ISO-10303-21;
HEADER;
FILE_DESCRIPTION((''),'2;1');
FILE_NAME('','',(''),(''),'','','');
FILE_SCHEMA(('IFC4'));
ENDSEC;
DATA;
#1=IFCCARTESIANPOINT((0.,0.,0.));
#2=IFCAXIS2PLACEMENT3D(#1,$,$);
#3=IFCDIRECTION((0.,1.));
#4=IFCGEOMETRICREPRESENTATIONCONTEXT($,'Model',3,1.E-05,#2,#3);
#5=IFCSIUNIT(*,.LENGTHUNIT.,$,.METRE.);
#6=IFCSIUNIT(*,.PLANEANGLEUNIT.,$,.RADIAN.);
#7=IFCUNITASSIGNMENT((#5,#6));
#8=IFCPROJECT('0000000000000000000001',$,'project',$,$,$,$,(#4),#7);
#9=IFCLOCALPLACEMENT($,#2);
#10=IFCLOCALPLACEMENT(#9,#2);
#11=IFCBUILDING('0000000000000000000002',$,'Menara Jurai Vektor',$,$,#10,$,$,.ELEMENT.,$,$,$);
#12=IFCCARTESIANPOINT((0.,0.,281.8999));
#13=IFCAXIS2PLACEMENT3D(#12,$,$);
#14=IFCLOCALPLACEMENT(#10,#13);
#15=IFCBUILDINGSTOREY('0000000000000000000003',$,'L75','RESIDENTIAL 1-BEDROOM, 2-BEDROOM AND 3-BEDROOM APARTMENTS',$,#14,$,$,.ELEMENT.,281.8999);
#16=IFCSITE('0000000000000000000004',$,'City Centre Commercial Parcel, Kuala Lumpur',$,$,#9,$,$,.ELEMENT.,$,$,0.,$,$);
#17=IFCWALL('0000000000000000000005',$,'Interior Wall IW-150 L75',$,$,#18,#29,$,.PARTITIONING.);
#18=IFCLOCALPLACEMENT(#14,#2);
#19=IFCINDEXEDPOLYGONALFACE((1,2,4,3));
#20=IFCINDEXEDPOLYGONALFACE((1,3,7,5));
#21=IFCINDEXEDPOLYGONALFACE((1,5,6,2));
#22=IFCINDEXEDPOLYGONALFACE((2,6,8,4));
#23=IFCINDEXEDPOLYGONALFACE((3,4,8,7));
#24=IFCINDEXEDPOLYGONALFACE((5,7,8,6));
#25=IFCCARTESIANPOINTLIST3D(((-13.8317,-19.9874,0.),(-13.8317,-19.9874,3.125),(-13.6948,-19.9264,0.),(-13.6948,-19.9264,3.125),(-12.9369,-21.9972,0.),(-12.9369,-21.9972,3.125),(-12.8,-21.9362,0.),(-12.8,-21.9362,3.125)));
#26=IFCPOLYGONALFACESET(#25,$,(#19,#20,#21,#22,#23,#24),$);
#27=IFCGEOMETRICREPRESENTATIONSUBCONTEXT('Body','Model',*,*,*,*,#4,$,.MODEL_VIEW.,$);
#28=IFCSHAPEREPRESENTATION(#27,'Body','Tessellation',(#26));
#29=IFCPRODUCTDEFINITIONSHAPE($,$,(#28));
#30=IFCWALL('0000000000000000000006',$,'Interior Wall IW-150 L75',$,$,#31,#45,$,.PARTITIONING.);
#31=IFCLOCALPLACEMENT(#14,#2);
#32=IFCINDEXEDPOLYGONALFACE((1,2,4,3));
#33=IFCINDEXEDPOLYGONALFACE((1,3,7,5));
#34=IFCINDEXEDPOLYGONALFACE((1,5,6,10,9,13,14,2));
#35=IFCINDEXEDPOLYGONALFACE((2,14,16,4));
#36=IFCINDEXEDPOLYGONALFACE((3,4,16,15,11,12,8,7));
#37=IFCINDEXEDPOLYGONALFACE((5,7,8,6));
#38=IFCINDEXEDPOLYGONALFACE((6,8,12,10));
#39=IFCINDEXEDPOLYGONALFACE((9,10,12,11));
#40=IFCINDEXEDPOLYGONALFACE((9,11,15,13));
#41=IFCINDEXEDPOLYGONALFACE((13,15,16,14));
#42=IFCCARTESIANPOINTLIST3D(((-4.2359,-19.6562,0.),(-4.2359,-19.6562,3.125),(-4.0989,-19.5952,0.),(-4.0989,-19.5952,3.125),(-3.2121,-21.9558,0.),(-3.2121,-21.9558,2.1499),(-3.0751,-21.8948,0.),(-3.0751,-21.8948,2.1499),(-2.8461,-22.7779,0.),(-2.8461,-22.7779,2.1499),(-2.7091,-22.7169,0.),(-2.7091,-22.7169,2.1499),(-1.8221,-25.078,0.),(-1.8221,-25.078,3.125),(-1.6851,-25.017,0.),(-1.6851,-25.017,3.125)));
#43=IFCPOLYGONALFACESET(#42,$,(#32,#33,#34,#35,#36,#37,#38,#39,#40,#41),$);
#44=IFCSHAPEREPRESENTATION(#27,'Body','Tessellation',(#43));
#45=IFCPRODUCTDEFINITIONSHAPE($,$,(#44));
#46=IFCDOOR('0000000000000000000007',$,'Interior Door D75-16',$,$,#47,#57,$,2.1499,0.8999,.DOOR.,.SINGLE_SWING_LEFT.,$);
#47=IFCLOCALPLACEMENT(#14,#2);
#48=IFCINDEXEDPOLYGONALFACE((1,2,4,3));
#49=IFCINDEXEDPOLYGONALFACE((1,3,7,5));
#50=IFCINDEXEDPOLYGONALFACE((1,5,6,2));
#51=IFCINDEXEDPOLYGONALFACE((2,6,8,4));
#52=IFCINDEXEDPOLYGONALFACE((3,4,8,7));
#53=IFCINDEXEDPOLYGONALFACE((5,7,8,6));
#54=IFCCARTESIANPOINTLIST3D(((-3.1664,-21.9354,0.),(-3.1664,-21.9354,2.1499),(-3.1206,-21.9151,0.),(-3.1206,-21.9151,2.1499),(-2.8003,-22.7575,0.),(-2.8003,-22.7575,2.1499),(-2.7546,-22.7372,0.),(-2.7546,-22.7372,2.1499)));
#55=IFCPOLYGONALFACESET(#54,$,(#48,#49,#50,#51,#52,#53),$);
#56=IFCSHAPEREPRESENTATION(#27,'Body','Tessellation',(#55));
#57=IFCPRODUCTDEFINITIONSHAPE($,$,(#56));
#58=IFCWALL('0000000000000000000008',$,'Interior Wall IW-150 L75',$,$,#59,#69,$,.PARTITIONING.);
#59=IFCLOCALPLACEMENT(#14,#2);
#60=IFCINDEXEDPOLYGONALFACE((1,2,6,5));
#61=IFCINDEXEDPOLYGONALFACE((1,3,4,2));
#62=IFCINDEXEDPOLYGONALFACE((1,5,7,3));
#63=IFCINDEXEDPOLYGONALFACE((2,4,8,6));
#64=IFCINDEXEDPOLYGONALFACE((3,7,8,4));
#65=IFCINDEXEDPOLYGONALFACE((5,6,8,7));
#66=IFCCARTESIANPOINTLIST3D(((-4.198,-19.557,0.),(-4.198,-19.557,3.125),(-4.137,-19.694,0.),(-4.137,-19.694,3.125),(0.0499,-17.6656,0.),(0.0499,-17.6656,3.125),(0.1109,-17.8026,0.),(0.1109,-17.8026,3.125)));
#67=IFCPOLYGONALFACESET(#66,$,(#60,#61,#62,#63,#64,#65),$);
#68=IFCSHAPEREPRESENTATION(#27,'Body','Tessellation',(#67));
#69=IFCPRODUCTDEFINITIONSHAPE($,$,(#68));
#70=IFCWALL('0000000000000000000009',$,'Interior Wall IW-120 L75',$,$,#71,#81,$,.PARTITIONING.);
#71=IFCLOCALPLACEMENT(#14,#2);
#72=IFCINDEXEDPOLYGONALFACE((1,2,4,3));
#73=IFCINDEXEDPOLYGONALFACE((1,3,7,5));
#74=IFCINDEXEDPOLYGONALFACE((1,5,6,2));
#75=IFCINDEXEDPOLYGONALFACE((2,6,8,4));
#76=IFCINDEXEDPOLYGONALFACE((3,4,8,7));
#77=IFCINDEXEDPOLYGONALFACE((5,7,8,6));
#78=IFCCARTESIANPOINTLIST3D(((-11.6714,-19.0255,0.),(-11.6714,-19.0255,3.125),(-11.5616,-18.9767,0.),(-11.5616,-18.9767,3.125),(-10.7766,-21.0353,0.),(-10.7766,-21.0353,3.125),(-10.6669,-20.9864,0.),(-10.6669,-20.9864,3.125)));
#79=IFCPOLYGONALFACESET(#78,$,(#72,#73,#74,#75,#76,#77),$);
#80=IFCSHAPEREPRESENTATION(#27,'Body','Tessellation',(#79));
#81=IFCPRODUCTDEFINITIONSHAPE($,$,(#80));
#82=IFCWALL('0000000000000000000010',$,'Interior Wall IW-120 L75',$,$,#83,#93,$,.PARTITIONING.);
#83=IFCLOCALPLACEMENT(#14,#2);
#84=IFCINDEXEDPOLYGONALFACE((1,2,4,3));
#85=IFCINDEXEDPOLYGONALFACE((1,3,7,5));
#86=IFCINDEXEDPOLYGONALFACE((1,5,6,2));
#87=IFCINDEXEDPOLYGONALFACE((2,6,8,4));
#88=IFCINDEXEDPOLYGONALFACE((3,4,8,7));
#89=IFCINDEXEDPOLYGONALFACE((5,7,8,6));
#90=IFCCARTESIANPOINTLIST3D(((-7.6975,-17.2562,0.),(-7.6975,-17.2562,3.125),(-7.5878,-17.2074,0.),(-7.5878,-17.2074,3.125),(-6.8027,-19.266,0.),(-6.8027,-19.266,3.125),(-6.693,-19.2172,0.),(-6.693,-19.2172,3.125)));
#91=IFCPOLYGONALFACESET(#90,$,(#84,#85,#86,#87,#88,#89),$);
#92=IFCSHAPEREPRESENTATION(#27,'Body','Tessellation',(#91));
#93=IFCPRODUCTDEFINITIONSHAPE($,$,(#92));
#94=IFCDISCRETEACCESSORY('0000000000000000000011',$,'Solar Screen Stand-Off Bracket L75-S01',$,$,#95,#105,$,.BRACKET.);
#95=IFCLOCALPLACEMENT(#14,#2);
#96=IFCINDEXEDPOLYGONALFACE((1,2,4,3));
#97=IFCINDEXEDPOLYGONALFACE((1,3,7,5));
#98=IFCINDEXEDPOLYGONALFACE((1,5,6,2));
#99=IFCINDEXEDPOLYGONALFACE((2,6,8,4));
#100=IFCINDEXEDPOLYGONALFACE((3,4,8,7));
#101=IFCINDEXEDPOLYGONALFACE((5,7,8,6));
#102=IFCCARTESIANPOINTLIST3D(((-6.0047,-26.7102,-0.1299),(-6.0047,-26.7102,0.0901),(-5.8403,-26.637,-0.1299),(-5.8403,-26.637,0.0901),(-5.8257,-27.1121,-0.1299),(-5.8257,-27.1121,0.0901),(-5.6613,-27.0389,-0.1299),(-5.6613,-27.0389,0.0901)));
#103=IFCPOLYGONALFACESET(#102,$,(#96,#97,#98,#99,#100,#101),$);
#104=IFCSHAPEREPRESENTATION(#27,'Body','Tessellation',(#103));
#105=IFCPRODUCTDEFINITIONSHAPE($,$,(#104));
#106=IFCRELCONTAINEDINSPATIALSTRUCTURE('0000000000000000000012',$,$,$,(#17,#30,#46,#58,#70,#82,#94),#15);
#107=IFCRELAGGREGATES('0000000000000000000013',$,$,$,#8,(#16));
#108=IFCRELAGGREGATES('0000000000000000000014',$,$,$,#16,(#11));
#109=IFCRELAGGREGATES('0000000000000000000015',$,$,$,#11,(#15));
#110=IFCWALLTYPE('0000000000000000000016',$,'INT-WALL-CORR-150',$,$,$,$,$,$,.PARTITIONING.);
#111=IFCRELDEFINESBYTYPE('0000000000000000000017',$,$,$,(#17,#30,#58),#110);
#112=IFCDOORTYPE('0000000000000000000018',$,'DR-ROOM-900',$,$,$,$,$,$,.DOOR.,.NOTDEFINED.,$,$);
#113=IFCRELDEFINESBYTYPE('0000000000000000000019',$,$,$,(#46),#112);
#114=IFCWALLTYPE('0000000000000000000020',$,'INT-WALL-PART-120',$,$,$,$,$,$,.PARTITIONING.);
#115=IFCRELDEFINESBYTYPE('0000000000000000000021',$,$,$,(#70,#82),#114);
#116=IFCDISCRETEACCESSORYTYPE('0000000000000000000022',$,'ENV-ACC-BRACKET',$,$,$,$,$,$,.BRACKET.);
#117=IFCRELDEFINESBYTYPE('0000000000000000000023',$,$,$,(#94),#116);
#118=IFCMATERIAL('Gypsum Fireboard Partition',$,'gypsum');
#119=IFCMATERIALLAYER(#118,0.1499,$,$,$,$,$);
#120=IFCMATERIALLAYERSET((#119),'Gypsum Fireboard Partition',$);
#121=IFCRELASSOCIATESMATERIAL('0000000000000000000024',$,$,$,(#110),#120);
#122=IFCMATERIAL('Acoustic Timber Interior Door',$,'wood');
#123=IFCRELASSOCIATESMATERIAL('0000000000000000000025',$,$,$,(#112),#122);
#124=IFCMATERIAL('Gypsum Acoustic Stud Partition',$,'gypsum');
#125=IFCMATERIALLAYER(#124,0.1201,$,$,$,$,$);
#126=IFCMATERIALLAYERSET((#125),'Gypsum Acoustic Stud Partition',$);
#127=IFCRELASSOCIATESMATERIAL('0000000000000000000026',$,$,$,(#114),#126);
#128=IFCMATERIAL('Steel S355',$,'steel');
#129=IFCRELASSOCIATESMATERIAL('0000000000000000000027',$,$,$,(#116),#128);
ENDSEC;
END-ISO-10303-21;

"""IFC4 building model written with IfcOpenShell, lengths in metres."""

from ifc_helpers import new_model, si_unit, direction, frame, frame_2d, origin, origin_2d, place, context, subcontext, project, spatial, rectangle, extrude, material, layer, layer_set, type_object, element, fill, save


model = new_model("IFC4")

# Units and contexts
model_context = context("Model", 3, precision=1e-05, world=origin(), true_north=direction((0.0, 1.0)))
body_context = subcontext(model_context, "Body", "Model", "MODEL_VIEW")
ifc_project = project(units=[si_unit("LENGTHUNIT", "METRE"), si_unit("PLANEANGLEUNIT", "RADIAN")], contexts=[model_context])

# Site, building, storey
site_placement = place(None, origin())
site = spatial("IfcSite", under=ifc_project, at=site_placement, Name="City Centre Commercial Parcel, Kuala Lumpur", CompositionType="ELEMENT", RefElevation=0.0)
building_placement = place(site_placement, origin())
building = spatial("IfcBuilding", under=site, at=building_placement, Name="Menara Jurai Vektor", CompositionType="ELEMENT")
storey_placement = place(building_placement, frame((0.0, 0.0, 281.8999)))
storey = spatial("IfcBuildingStorey", under=building, at=storey_placement, Name="L75", Description="RESIDENTIAL 1-BEDROOM, 2-BEDROOM AND 3-BEDROOM APARTMENTS", CompositionType="ELEMENT", Elevation=281.8999)

# Shared definitions
ifc_material_1 = material(Name="Steel S355", Category="steel")

# Wall
ifc_material_2 = material(Name="Gypsum Fireboard Partition", Category="gypsum")
ifc_layer_1 = layer(ifc_material_2, 0.1499)
ifc_layer_set_1 = layer_set([ifc_layer_1], Name="Gypsum Fireboard Partition")
wall_type_1 = type_object("IfcWallType", Name="INT-WALL-CORR-150", PredefinedType="PARTITIONING", material=ifc_layer_set_1)
wall_1_placement = place(storey_placement, frame((-12.8684, -21.9668, 0.0), z_axis=(0.0, 0.0, 1.0), x_axis=(-0.406725, 0.913551, 0.0)))
element("IfcWall", 1, at=wall_1_placement, inside=storey, type_object=wall_type_1, Name="Interior Wall IW-150 L75", PredefinedType="PARTITIONING", context=body_context, shape_type="SweptSolid", body=[
    extrude(rectangle(XDim=2.2, YDim=0.1499, at=frame_2d((1.1001, 0.0))), origin(), (0.0, 0.0, 1.0), 3.125),
])

# Wall, opening, door
ifc_material_3 = material(Name="Acoustic Timber Interior Door", Category="wood")
door_type_1 = type_object("IfcDoorType", Name="DR-ROOM-900", OperationType="NOTDEFINED", PredefinedType="DOOR", material=ifc_material_3)
wall_2_placement = place(storey_placement, frame((-1.7537, -25.0474, 0.0), z_axis=(0.0, 0.0, 1.0), x_axis=(-0.406715, 0.913555, 0.0)))
wall_2 = element("IfcWall", 2, at=wall_2_placement, inside=storey, type_object=wall_type_1, Name="Interior Wall IW-150 L75", PredefinedType="PARTITIONING", context=body_context, shape_type="SweptSolid", body=[
    extrude(rectangle(XDim=5.9348, YDim=0.1499, at=frame_2d((2.9673, 0.0))), origin(), (0.0, 0.0, 1.0), 3.125),
])
opening_1_placement = place(wall_2_placement, frame((2.5176, 0.0, 0.0)))
opening_1 = element("IfcOpeningElement", 3, at=opening_1_placement, cuts=wall_2, PredefinedType="OPENING", context=body_context, shape_type="SweptSolid", body=[
    extrude(rectangle(XDim=0.8999, YDim=2.1499, at=frame_2d((0.45, 1.075))), frame((0.0, 0.085, 0.0), z_axis=(0.0, -1.0, 0.0), x_axis=(1.0, 0.0, 0.0)), (0.0, 0.0, 1.0), 0.1699),
])
door_1_placement = place(opening_1_placement, origin())
door_1 = element("IfcDoor", 4, at=door_1_placement, inside=storey, type_object=door_type_1, Name="Interior Door D75-16", OperationType="SINGLE_SWING_LEFT", OverallHeight=2.1499, OverallWidth=0.8999, PredefinedType="DOOR", context=body_context, shape_type="SweptSolid", body=[
    extrude(rectangle(XDim=0.8999, YDim=2.1499, at=frame_2d((0.45, 1.075))), frame((0.0, 0.0249, 0.0), z_axis=(0.0, -1.0, 0.0), x_axis=(1.0, 0.0, 0.0)), (0.0, 0.0, 1.0), 0.05),
])
fill(opening_1, door_1)

# Walls
wall_3_placement = place(storey_placement, frame((-4.1675, -19.6255, 0.0), z_axis=(0.0, 0.0, 1.0), x_axis=(0.913536, 0.406757, 0.0)))
element("IfcWall", 5, at=wall_3_placement, inside=storey, type_object=wall_type_1, Name="Interior Wall IW-150 L75", PredefinedType="PARTITIONING", context=body_context, shape_type="SweptSolid", body=[
    extrude(rectangle(XDim=4.6499, YDim=0.1499, at=frame_2d((2.325, 0.0))), origin(), (0.0, 0.0, 1.0), 3.125),
])
ifc_material_4 = material(Name="Gypsum Acoustic Stud Partition", Category="gypsum")
ifc_layer_2 = layer(ifc_material_4, 0.1201)
ifc_layer_set_2 = layer_set([ifc_layer_2], Name="Gypsum Acoustic Stud Partition")
wall_type_2 = type_object("IfcWallType", Name="INT-WALL-PART-120", PredefinedType="PARTITIONING", material=ifc_layer_set_2)
for number, where, z_axis, x_axis, name in (
    (6, (-10.7217, -21.011, 0.0), (0.0, 0.0, 1.0), (-0.406725, 0.913551, 0.0), "Interior Wall IW-120 L75"),
    (7, (-6.7478, -19.2417, 0.0), (0.0, 0.0, 1.0), (-0.406725, 0.913551, 0.0), "Interior Wall IW-120 L75"),
):
    element("IfcWall", number, at=place(storey_placement, frame(where, z_axis=z_axis, x_axis=x_axis)), inside=storey, type_object=wall_type_2, Name=name, PredefinedType="PARTITIONING", context=body_context, shape_type="SweptSolid", body=[
        extrude(rectangle(XDim=2.2, YDim=0.1201, at=frame_2d((1.1001, 0.0))), origin(), (0.0, 0.0, 1.0), 3.125),
    ])

# Discrete accessory
discrete_accessory_type = type_object("IfcDiscreteAccessoryType", Name="ENV-ACC-BRACKET", PredefinedType="BRACKET", material=ifc_material_1)
discrete_accessory_placement = place(storey_placement, frame((-5.833, -26.8745, -0.1299), z_axis=(0.0, 0.0, 1.0), x_axis=(0.913545, 0.406737, 0.0)))
element("IfcDiscreteAccessory", 8, at=discrete_accessory_placement, inside=storey, type_object=discrete_accessory_type, Name="Solar Screen Stand-Off Bracket L75-S01", PredefinedType="BRACKET", context=body_context, shape_type="SweptSolid", body=[
    extrude(rectangle(XDim=0.1799, YDim=0.4399, at=origin_2d()), origin(), (0.0, 0.0, 1.0), 0.22),
])

save(model, "model.ifc")
